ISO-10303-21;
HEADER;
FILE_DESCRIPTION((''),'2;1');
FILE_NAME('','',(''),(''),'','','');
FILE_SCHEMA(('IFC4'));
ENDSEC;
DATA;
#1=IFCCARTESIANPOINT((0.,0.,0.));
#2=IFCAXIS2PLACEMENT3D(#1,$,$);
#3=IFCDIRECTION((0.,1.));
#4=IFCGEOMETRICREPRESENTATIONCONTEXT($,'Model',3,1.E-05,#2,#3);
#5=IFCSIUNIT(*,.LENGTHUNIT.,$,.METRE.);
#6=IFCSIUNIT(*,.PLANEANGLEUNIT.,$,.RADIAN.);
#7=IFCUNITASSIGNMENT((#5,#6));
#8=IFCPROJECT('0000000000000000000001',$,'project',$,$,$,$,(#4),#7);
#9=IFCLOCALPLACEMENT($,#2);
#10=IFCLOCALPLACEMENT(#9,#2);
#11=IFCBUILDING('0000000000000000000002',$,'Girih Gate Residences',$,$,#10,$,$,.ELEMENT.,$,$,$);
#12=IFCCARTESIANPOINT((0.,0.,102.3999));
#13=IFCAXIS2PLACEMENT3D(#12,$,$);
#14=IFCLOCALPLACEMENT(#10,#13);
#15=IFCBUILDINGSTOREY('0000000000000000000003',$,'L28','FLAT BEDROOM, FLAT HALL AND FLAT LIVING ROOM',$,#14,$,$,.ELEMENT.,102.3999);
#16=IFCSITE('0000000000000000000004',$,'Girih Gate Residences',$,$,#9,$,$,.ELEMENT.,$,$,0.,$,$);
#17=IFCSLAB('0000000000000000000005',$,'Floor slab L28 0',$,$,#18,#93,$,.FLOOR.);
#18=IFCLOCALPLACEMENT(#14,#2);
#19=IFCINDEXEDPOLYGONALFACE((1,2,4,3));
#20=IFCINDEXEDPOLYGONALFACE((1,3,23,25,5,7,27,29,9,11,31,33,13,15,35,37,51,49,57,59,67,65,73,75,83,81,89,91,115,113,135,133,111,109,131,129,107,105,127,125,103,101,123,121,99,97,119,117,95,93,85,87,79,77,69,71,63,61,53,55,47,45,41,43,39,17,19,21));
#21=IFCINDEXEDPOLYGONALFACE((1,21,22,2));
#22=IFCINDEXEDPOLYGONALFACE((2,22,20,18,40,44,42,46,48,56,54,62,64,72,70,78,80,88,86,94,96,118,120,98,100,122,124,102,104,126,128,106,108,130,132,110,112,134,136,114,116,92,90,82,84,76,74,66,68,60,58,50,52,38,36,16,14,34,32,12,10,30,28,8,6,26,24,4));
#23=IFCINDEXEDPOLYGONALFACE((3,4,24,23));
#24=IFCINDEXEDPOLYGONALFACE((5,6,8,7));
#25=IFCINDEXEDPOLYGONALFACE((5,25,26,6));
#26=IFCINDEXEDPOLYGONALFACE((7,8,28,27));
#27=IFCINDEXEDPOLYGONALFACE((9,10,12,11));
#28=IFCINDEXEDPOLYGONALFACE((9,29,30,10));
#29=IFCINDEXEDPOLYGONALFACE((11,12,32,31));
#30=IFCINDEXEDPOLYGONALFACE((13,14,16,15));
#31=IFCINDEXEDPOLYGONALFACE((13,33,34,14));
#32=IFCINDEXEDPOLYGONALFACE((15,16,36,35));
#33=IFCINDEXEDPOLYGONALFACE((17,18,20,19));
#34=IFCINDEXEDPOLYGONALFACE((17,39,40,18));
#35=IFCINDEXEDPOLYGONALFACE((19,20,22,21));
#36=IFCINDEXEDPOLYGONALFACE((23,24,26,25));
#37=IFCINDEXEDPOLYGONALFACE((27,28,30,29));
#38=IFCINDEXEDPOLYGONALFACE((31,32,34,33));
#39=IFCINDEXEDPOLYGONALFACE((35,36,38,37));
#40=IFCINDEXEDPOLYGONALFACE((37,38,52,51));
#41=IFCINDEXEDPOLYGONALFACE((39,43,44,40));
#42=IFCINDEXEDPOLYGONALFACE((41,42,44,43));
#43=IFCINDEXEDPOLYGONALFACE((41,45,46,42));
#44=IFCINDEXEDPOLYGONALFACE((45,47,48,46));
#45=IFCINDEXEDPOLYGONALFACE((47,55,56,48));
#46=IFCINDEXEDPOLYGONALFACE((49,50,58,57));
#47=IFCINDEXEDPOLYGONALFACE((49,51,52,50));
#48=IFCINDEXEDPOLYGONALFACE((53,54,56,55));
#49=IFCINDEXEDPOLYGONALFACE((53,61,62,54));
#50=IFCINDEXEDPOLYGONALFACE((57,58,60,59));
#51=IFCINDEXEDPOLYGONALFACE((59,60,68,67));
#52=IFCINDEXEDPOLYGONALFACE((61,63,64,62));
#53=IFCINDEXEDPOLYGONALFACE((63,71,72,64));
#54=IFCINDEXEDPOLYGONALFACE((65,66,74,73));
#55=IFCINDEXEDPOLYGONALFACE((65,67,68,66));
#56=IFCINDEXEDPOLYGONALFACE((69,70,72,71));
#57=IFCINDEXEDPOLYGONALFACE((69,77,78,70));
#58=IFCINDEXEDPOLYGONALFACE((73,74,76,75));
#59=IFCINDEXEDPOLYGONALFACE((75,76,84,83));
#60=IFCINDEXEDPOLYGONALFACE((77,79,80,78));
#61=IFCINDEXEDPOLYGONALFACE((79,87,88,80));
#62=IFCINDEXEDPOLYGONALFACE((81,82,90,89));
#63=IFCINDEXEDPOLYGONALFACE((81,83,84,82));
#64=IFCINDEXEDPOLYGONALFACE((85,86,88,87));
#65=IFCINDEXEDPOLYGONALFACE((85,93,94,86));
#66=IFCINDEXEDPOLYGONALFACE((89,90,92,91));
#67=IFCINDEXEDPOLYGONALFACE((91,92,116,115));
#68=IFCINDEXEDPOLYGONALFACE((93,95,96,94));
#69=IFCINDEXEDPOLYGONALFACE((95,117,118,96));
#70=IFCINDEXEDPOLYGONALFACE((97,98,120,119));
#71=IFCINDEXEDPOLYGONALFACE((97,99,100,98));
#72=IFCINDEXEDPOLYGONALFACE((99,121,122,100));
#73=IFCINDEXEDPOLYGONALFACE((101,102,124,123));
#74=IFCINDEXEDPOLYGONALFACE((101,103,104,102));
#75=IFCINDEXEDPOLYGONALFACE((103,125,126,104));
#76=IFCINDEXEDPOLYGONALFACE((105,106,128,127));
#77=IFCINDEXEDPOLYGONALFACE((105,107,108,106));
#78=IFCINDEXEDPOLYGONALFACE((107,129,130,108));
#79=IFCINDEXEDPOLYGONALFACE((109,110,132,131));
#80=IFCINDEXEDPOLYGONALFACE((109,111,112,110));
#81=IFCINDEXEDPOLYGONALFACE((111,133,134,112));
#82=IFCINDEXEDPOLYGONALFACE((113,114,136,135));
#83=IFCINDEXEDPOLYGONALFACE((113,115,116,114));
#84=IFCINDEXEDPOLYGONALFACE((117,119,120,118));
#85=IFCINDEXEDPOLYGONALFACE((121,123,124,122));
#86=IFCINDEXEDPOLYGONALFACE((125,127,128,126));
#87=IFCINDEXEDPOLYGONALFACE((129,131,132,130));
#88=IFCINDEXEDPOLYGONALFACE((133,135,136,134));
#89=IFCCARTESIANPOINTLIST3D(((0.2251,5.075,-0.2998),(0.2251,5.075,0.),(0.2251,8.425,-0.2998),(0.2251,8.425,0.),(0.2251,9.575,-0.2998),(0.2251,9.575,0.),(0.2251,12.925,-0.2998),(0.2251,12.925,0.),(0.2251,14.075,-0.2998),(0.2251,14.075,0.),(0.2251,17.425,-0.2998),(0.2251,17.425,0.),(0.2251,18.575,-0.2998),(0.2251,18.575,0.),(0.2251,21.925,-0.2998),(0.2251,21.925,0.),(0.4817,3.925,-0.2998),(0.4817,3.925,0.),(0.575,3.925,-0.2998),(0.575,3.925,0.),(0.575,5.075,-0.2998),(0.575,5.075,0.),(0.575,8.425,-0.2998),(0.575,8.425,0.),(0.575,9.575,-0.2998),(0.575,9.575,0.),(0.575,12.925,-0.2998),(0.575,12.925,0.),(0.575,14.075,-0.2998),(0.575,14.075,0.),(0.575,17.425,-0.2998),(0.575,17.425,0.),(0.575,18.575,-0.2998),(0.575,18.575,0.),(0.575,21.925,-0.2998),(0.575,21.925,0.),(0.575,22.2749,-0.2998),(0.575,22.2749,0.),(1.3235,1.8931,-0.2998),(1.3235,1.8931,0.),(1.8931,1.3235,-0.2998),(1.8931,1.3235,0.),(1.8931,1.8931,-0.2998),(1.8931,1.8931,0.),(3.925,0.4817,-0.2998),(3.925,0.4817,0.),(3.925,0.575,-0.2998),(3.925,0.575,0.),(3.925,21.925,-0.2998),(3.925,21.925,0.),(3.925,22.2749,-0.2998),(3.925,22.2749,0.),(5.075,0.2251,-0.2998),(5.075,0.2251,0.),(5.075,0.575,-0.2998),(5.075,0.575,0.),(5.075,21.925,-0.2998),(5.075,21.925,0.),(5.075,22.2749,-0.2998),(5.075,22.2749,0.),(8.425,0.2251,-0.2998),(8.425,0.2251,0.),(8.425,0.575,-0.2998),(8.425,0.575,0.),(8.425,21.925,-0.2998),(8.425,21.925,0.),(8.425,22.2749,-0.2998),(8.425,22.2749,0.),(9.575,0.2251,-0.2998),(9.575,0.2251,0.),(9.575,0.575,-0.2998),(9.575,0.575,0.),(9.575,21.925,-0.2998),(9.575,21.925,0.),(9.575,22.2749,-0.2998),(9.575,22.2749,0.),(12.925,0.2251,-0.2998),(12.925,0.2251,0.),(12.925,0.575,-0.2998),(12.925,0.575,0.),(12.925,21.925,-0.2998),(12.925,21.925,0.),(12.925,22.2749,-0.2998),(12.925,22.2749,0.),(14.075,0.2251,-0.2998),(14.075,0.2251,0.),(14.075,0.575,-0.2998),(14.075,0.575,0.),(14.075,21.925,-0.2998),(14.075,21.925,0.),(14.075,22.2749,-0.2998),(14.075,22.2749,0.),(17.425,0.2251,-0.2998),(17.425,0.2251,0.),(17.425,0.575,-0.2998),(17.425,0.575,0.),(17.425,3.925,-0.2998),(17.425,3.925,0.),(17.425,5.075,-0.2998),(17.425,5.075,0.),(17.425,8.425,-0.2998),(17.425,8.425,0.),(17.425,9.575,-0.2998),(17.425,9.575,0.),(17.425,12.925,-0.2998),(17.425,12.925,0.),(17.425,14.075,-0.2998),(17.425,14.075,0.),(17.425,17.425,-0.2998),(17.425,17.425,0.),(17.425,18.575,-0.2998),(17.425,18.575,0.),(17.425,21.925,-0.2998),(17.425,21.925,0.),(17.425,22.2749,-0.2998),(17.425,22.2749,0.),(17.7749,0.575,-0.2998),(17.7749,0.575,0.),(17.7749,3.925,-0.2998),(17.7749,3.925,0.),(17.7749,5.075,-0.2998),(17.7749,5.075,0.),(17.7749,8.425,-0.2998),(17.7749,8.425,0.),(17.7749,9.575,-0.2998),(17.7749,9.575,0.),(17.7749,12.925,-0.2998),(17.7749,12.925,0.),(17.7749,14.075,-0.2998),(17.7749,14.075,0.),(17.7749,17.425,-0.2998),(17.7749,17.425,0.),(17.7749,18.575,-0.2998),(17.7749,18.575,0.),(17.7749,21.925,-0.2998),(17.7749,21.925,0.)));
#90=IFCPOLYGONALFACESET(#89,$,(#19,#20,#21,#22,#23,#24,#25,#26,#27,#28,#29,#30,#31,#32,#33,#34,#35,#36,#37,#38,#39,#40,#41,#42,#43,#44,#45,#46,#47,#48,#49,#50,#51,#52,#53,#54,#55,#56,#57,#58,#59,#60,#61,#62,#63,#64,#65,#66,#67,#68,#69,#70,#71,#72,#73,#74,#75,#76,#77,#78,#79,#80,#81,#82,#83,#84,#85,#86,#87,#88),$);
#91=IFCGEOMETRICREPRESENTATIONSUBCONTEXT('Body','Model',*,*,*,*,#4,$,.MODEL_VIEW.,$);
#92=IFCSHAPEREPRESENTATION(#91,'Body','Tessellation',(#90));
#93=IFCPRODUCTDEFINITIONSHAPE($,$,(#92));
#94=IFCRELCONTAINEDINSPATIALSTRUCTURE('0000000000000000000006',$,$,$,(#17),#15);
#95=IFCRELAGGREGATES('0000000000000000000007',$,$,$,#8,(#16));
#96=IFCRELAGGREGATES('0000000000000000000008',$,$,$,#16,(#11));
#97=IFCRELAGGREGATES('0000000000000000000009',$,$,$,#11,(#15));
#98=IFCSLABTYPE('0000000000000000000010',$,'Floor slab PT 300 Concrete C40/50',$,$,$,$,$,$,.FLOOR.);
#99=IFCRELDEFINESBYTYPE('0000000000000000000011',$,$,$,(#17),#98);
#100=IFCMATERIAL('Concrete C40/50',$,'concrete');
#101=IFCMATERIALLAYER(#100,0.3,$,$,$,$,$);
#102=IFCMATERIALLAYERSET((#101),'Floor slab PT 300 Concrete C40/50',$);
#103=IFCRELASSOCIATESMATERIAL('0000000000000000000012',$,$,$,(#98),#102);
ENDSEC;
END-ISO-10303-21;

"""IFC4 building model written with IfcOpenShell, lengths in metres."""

from ifc_helpers import new_model, si_unit, direction, frame, origin, place, context, subcontext, project, spatial, polyline, outline, extrude, material, layer, layer_set, type_object, element, save


model = new_model("IFC4")

# Units and contexts
model_context = context("Model", 3, precision=1e-05, world=origin(), true_north=direction((0.0, 1.0)))
body_context = subcontext(model_context, "Body", "Model", "MODEL_VIEW")
ifc_project = project(units=[si_unit("LENGTHUNIT", "METRE"), si_unit("PLANEANGLEUNIT", "RADIAN")], contexts=[model_context])

# Site, building, storey
site_placement = place(None, origin())
site = spatial("IfcSite", under=ifc_project, at=site_placement, Name="Girih Gate Residences", CompositionType="ELEMENT", RefElevation=0.0)
building_placement = place(site_placement, origin())
building = spatial("IfcBuilding", under=site, at=building_placement, Name="Girih Gate Residences", CompositionType="ELEMENT")
storey_placement = place(building_placement, frame((0.0, 0.0, 102.3999)))
storey = spatial("IfcBuildingStorey", under=building, at=storey_placement, Name="L28", Description="FLAT BEDROOM, FLAT HALL AND FLAT LIVING ROOM", CompositionType="ELEMENT", Elevation=102.3999)

# Slab
ifc_material_1 = material(Name="Concrete C40/50", Category="concrete")
ifc_layer_1 = layer(ifc_material_1, 0.3)
ifc_layer_set_1 = layer_set([ifc_layer_1], Name="Floor slab PT 300 Concrete C40/50")
slab_type_1 = type_object("IfcSlabType", Name="Floor slab PT 300 Concrete C40/50", PredefinedType="FLOOR", material=ifc_layer_set_1)
slab_1_placement = place(storey_placement, frame((0.0, 0.0, -0.2998)))
element("IfcSlab", 1, at=slab_1_placement, inside=storey, type_object=slab_type_1, Name="Floor slab L28 0", PredefinedType="FLOOR", context=body_context, shape_type="SweptSolid", body=[
    extrude(outline(polyline([(0.2251, 8.425), (0.2251, 5.075), (0.575, 5.075), (0.575, 3.925), (0.4817, 3.925), (1.3235, 1.8931), (1.8931, 1.8931), (1.8931, 1.3235), (3.925, 0.4817), (3.925, 0.575), (5.075, 0.575), (5.075, 0.2251), (8.425, 0.2251), (8.425, 0.575), (9.575, 0.575), (9.575, 0.2251), (12.925, 0.2251), (12.925, 0.575), (14.075, 0.575), (14.075, 0.2251), (17.425, 0.2251), (17.425, 0.575), (17.7749, 0.575), (17.7749, 3.925), (17.425, 3.925), (17.425, 5.075), (17.7749, 5.075), (17.7749, 8.425), (17.425, 8.425), (17.425, 9.575), (17.7749, 9.575), (17.7749, 12.925), (17.425, 12.925), (17.425, 14.075), (17.7749, 14.075), (17.7749, 17.425), (17.425, 17.425), (17.425, 18.575), (17.7749, 18.575), (17.7749, 21.925), (17.425, 21.925), (17.425, 22.2749), (14.075, 22.2749), (14.075, 21.925), (12.925, 21.925), (12.925, 22.2749), (9.575, 22.2749), (9.575, 21.925), (8.425, 21.925), (8.425, 22.2749), (5.075, 22.2749), (5.075, 21.925), (3.925, 21.925), (3.925, 22.2749), (0.575, 22.2749), (0.575, 21.925), (0.2251, 21.925), (0.2251, 18.575), (0.575, 18.575), (0.575, 17.425), (0.2251, 17.425), (0.2251, 14.075), (0.575, 14.075), (0.575, 12.925), (0.2251, 12.925), (0.2251, 9.575), (0.575, 9.575), (0.575, 8.425), (0.2251, 8.425)])), origin(), (0.0, 0.0, 1.0), 0.2998),
])

save(model, "model.ifc")
